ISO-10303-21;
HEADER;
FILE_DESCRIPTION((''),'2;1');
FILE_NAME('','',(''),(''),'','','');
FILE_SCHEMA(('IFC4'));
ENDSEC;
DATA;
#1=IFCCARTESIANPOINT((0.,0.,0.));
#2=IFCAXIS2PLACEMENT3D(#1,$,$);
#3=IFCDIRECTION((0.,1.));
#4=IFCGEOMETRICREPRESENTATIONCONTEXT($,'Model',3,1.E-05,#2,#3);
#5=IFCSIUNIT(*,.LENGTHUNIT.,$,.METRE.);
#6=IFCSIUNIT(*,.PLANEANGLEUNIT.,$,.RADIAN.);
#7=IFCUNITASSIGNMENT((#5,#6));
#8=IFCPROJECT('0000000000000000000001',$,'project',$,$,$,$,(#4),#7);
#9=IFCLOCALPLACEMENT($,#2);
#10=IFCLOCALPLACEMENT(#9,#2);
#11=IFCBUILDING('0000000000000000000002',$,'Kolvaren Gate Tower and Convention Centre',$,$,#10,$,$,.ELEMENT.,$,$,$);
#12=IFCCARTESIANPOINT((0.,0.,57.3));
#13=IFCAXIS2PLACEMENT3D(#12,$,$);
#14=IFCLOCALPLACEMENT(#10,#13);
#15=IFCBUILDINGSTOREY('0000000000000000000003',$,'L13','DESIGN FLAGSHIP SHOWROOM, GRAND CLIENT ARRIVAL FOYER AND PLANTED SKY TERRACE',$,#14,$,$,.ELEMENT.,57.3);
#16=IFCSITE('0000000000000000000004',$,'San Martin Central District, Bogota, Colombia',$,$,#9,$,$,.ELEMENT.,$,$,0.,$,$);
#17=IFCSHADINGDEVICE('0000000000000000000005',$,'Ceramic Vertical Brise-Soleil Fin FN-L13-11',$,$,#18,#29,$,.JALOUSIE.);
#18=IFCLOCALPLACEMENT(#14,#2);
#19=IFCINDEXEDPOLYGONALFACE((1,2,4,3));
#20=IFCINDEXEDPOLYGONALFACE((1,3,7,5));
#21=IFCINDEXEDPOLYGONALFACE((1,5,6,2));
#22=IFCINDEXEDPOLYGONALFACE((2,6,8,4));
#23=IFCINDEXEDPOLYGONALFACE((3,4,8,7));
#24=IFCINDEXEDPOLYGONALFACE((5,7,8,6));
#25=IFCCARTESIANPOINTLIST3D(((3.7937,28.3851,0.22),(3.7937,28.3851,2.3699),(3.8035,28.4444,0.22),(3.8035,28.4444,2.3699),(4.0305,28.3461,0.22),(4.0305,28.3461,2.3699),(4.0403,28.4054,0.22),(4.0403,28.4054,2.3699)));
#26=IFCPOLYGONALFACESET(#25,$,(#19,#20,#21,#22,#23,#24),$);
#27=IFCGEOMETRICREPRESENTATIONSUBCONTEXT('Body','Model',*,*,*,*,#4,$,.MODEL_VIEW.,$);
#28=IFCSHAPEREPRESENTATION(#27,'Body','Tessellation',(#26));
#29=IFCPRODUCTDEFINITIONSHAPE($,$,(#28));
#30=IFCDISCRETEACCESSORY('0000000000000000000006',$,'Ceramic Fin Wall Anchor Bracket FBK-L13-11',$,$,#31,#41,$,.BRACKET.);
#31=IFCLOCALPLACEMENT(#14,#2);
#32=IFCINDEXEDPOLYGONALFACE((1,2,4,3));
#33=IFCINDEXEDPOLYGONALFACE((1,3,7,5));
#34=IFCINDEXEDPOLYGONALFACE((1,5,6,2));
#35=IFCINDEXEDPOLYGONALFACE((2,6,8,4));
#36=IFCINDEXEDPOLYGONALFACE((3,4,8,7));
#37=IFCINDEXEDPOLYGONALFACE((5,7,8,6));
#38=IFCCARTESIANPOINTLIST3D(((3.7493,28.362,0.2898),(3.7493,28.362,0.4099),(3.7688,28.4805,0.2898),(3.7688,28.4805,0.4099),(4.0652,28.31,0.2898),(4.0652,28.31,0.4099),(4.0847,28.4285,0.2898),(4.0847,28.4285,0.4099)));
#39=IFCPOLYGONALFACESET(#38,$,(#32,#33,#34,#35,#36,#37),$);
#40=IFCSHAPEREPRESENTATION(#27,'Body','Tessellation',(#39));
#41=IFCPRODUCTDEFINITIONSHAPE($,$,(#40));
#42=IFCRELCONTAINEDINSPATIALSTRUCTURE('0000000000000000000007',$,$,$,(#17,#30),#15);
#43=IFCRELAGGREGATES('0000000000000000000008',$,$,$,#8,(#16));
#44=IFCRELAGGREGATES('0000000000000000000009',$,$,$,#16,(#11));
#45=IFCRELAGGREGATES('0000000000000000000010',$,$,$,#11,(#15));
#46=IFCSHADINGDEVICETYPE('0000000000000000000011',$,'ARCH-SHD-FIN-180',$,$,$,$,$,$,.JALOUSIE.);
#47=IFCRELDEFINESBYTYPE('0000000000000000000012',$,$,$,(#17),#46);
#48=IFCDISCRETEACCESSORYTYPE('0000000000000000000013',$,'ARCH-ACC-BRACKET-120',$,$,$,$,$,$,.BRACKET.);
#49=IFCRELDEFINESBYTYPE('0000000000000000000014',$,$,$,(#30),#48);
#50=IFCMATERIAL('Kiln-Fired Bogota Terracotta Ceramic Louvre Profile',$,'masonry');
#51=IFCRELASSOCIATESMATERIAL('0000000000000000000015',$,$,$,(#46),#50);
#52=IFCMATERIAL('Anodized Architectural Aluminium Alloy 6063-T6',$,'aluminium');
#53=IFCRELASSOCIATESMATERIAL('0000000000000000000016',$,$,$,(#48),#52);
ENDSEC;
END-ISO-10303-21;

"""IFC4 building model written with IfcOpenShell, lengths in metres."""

from ifc_helpers import new_model, si_unit, direction, frame, origin, origin_2d, place, context, subcontext, project, spatial, rectangle, extrude, material, type_object, element, save


model = new_model("IFC4")

# Units and contexts
model_context = context("Model", 3, precision=1e-05, world=origin(), true_north=direction((0.0, 1.0)))
body_context = subcontext(model_context, "Body", "Model", "MODEL_VIEW")
ifc_project = project(units=[si_unit("LENGTHUNIT", "METRE"), si_unit("PLANEANGLEUNIT", "RADIAN")], contexts=[model_context])

# Site, building, storey
site_placement = place(None, origin())
site = spatial("IfcSite", under=ifc_project, at=site_placement, Name="San Martin Central District, Bogota, Colombia", CompositionType="ELEMENT", RefElevation=0.0)
building_placement = place(site_placement, origin())
building = spatial("IfcBuilding", under=site, at=building_placement, Name="Kolvaren Gate Tower and Convention Centre", CompositionType="ELEMENT")
storey_placement = place(building_placement, frame((0.0, 0.0, 57.3)))
storey = spatial("IfcBuildingStorey", under=building, at=storey_placement, Name="L13", Description="DESIGN FLAGSHIP SHOWROOM, GRAND CLIENT ARRIVAL FOYER AND PLANTED SKY TERRACE", CompositionType="ELEMENT", Elevation=57.3)

# Shared definitions
ifc_material_1 = material(Name="Anodized Architectural Aluminium Alloy 6063-T6", Category="aluminium")

# Shading device
ifc_material_2 = material(Name="Kiln-Fired Bogota Terracotta Ceramic Louvre Profile", Category="masonry")
shading_device_type = type_object("IfcShadingDeviceType", Name="ARCH-SHD-FIN-180", PredefinedType="JALOUSIE", material=ifc_material_2)
shading_device_placement = place(storey_placement, frame((3.917, 28.3953, 0.22), z_axis=(0.0, 0.0, 1.0), x_axis=(0.162375, 0.986729, 0.0)))
element("IfcShadingDevice", 1, at=shading_device_placement, inside=storey, type_object=shading_device_type, Name="Ceramic Vertical Brise-Soleil Fin FN-L13-11", PredefinedType="JALOUSIE", context=body_context, shape_type="SweptSolid", body=[
    extrude(rectangle(XDim=0.0601, YDim=0.24, at=origin_2d()), origin(), (0.0, 0.0, 1.0), 2.1499),
])

# Discrete accessory
discrete_accessory_type = type_object("IfcDiscreteAccessoryType", Name="ARCH-ACC-BRACKET-120", PredefinedType="BRACKET", material=ifc_material_1)
discrete_accessory_placement = place(storey_placement, frame((3.917, 28.3953, 0.2898), z_axis=(0.0, 0.0, 1.0), x_axis=(0.162375, 0.986729, 0.0)))
element("IfcDiscreteAccessory", 2, at=discrete_accessory_placement, inside=storey, type_object=discrete_accessory_type, Name="Ceramic Fin Wall Anchor Bracket FBK-L13-11", PredefinedType="BRACKET", context=body_context, shape_type="SweptSolid", body=[
    extrude(rectangle(XDim=0.1201, YDim=0.3201, at=origin_2d()), origin(), (0.0, 0.0, 1.0), 0.1201),
])

save(model, "model.ifc")
